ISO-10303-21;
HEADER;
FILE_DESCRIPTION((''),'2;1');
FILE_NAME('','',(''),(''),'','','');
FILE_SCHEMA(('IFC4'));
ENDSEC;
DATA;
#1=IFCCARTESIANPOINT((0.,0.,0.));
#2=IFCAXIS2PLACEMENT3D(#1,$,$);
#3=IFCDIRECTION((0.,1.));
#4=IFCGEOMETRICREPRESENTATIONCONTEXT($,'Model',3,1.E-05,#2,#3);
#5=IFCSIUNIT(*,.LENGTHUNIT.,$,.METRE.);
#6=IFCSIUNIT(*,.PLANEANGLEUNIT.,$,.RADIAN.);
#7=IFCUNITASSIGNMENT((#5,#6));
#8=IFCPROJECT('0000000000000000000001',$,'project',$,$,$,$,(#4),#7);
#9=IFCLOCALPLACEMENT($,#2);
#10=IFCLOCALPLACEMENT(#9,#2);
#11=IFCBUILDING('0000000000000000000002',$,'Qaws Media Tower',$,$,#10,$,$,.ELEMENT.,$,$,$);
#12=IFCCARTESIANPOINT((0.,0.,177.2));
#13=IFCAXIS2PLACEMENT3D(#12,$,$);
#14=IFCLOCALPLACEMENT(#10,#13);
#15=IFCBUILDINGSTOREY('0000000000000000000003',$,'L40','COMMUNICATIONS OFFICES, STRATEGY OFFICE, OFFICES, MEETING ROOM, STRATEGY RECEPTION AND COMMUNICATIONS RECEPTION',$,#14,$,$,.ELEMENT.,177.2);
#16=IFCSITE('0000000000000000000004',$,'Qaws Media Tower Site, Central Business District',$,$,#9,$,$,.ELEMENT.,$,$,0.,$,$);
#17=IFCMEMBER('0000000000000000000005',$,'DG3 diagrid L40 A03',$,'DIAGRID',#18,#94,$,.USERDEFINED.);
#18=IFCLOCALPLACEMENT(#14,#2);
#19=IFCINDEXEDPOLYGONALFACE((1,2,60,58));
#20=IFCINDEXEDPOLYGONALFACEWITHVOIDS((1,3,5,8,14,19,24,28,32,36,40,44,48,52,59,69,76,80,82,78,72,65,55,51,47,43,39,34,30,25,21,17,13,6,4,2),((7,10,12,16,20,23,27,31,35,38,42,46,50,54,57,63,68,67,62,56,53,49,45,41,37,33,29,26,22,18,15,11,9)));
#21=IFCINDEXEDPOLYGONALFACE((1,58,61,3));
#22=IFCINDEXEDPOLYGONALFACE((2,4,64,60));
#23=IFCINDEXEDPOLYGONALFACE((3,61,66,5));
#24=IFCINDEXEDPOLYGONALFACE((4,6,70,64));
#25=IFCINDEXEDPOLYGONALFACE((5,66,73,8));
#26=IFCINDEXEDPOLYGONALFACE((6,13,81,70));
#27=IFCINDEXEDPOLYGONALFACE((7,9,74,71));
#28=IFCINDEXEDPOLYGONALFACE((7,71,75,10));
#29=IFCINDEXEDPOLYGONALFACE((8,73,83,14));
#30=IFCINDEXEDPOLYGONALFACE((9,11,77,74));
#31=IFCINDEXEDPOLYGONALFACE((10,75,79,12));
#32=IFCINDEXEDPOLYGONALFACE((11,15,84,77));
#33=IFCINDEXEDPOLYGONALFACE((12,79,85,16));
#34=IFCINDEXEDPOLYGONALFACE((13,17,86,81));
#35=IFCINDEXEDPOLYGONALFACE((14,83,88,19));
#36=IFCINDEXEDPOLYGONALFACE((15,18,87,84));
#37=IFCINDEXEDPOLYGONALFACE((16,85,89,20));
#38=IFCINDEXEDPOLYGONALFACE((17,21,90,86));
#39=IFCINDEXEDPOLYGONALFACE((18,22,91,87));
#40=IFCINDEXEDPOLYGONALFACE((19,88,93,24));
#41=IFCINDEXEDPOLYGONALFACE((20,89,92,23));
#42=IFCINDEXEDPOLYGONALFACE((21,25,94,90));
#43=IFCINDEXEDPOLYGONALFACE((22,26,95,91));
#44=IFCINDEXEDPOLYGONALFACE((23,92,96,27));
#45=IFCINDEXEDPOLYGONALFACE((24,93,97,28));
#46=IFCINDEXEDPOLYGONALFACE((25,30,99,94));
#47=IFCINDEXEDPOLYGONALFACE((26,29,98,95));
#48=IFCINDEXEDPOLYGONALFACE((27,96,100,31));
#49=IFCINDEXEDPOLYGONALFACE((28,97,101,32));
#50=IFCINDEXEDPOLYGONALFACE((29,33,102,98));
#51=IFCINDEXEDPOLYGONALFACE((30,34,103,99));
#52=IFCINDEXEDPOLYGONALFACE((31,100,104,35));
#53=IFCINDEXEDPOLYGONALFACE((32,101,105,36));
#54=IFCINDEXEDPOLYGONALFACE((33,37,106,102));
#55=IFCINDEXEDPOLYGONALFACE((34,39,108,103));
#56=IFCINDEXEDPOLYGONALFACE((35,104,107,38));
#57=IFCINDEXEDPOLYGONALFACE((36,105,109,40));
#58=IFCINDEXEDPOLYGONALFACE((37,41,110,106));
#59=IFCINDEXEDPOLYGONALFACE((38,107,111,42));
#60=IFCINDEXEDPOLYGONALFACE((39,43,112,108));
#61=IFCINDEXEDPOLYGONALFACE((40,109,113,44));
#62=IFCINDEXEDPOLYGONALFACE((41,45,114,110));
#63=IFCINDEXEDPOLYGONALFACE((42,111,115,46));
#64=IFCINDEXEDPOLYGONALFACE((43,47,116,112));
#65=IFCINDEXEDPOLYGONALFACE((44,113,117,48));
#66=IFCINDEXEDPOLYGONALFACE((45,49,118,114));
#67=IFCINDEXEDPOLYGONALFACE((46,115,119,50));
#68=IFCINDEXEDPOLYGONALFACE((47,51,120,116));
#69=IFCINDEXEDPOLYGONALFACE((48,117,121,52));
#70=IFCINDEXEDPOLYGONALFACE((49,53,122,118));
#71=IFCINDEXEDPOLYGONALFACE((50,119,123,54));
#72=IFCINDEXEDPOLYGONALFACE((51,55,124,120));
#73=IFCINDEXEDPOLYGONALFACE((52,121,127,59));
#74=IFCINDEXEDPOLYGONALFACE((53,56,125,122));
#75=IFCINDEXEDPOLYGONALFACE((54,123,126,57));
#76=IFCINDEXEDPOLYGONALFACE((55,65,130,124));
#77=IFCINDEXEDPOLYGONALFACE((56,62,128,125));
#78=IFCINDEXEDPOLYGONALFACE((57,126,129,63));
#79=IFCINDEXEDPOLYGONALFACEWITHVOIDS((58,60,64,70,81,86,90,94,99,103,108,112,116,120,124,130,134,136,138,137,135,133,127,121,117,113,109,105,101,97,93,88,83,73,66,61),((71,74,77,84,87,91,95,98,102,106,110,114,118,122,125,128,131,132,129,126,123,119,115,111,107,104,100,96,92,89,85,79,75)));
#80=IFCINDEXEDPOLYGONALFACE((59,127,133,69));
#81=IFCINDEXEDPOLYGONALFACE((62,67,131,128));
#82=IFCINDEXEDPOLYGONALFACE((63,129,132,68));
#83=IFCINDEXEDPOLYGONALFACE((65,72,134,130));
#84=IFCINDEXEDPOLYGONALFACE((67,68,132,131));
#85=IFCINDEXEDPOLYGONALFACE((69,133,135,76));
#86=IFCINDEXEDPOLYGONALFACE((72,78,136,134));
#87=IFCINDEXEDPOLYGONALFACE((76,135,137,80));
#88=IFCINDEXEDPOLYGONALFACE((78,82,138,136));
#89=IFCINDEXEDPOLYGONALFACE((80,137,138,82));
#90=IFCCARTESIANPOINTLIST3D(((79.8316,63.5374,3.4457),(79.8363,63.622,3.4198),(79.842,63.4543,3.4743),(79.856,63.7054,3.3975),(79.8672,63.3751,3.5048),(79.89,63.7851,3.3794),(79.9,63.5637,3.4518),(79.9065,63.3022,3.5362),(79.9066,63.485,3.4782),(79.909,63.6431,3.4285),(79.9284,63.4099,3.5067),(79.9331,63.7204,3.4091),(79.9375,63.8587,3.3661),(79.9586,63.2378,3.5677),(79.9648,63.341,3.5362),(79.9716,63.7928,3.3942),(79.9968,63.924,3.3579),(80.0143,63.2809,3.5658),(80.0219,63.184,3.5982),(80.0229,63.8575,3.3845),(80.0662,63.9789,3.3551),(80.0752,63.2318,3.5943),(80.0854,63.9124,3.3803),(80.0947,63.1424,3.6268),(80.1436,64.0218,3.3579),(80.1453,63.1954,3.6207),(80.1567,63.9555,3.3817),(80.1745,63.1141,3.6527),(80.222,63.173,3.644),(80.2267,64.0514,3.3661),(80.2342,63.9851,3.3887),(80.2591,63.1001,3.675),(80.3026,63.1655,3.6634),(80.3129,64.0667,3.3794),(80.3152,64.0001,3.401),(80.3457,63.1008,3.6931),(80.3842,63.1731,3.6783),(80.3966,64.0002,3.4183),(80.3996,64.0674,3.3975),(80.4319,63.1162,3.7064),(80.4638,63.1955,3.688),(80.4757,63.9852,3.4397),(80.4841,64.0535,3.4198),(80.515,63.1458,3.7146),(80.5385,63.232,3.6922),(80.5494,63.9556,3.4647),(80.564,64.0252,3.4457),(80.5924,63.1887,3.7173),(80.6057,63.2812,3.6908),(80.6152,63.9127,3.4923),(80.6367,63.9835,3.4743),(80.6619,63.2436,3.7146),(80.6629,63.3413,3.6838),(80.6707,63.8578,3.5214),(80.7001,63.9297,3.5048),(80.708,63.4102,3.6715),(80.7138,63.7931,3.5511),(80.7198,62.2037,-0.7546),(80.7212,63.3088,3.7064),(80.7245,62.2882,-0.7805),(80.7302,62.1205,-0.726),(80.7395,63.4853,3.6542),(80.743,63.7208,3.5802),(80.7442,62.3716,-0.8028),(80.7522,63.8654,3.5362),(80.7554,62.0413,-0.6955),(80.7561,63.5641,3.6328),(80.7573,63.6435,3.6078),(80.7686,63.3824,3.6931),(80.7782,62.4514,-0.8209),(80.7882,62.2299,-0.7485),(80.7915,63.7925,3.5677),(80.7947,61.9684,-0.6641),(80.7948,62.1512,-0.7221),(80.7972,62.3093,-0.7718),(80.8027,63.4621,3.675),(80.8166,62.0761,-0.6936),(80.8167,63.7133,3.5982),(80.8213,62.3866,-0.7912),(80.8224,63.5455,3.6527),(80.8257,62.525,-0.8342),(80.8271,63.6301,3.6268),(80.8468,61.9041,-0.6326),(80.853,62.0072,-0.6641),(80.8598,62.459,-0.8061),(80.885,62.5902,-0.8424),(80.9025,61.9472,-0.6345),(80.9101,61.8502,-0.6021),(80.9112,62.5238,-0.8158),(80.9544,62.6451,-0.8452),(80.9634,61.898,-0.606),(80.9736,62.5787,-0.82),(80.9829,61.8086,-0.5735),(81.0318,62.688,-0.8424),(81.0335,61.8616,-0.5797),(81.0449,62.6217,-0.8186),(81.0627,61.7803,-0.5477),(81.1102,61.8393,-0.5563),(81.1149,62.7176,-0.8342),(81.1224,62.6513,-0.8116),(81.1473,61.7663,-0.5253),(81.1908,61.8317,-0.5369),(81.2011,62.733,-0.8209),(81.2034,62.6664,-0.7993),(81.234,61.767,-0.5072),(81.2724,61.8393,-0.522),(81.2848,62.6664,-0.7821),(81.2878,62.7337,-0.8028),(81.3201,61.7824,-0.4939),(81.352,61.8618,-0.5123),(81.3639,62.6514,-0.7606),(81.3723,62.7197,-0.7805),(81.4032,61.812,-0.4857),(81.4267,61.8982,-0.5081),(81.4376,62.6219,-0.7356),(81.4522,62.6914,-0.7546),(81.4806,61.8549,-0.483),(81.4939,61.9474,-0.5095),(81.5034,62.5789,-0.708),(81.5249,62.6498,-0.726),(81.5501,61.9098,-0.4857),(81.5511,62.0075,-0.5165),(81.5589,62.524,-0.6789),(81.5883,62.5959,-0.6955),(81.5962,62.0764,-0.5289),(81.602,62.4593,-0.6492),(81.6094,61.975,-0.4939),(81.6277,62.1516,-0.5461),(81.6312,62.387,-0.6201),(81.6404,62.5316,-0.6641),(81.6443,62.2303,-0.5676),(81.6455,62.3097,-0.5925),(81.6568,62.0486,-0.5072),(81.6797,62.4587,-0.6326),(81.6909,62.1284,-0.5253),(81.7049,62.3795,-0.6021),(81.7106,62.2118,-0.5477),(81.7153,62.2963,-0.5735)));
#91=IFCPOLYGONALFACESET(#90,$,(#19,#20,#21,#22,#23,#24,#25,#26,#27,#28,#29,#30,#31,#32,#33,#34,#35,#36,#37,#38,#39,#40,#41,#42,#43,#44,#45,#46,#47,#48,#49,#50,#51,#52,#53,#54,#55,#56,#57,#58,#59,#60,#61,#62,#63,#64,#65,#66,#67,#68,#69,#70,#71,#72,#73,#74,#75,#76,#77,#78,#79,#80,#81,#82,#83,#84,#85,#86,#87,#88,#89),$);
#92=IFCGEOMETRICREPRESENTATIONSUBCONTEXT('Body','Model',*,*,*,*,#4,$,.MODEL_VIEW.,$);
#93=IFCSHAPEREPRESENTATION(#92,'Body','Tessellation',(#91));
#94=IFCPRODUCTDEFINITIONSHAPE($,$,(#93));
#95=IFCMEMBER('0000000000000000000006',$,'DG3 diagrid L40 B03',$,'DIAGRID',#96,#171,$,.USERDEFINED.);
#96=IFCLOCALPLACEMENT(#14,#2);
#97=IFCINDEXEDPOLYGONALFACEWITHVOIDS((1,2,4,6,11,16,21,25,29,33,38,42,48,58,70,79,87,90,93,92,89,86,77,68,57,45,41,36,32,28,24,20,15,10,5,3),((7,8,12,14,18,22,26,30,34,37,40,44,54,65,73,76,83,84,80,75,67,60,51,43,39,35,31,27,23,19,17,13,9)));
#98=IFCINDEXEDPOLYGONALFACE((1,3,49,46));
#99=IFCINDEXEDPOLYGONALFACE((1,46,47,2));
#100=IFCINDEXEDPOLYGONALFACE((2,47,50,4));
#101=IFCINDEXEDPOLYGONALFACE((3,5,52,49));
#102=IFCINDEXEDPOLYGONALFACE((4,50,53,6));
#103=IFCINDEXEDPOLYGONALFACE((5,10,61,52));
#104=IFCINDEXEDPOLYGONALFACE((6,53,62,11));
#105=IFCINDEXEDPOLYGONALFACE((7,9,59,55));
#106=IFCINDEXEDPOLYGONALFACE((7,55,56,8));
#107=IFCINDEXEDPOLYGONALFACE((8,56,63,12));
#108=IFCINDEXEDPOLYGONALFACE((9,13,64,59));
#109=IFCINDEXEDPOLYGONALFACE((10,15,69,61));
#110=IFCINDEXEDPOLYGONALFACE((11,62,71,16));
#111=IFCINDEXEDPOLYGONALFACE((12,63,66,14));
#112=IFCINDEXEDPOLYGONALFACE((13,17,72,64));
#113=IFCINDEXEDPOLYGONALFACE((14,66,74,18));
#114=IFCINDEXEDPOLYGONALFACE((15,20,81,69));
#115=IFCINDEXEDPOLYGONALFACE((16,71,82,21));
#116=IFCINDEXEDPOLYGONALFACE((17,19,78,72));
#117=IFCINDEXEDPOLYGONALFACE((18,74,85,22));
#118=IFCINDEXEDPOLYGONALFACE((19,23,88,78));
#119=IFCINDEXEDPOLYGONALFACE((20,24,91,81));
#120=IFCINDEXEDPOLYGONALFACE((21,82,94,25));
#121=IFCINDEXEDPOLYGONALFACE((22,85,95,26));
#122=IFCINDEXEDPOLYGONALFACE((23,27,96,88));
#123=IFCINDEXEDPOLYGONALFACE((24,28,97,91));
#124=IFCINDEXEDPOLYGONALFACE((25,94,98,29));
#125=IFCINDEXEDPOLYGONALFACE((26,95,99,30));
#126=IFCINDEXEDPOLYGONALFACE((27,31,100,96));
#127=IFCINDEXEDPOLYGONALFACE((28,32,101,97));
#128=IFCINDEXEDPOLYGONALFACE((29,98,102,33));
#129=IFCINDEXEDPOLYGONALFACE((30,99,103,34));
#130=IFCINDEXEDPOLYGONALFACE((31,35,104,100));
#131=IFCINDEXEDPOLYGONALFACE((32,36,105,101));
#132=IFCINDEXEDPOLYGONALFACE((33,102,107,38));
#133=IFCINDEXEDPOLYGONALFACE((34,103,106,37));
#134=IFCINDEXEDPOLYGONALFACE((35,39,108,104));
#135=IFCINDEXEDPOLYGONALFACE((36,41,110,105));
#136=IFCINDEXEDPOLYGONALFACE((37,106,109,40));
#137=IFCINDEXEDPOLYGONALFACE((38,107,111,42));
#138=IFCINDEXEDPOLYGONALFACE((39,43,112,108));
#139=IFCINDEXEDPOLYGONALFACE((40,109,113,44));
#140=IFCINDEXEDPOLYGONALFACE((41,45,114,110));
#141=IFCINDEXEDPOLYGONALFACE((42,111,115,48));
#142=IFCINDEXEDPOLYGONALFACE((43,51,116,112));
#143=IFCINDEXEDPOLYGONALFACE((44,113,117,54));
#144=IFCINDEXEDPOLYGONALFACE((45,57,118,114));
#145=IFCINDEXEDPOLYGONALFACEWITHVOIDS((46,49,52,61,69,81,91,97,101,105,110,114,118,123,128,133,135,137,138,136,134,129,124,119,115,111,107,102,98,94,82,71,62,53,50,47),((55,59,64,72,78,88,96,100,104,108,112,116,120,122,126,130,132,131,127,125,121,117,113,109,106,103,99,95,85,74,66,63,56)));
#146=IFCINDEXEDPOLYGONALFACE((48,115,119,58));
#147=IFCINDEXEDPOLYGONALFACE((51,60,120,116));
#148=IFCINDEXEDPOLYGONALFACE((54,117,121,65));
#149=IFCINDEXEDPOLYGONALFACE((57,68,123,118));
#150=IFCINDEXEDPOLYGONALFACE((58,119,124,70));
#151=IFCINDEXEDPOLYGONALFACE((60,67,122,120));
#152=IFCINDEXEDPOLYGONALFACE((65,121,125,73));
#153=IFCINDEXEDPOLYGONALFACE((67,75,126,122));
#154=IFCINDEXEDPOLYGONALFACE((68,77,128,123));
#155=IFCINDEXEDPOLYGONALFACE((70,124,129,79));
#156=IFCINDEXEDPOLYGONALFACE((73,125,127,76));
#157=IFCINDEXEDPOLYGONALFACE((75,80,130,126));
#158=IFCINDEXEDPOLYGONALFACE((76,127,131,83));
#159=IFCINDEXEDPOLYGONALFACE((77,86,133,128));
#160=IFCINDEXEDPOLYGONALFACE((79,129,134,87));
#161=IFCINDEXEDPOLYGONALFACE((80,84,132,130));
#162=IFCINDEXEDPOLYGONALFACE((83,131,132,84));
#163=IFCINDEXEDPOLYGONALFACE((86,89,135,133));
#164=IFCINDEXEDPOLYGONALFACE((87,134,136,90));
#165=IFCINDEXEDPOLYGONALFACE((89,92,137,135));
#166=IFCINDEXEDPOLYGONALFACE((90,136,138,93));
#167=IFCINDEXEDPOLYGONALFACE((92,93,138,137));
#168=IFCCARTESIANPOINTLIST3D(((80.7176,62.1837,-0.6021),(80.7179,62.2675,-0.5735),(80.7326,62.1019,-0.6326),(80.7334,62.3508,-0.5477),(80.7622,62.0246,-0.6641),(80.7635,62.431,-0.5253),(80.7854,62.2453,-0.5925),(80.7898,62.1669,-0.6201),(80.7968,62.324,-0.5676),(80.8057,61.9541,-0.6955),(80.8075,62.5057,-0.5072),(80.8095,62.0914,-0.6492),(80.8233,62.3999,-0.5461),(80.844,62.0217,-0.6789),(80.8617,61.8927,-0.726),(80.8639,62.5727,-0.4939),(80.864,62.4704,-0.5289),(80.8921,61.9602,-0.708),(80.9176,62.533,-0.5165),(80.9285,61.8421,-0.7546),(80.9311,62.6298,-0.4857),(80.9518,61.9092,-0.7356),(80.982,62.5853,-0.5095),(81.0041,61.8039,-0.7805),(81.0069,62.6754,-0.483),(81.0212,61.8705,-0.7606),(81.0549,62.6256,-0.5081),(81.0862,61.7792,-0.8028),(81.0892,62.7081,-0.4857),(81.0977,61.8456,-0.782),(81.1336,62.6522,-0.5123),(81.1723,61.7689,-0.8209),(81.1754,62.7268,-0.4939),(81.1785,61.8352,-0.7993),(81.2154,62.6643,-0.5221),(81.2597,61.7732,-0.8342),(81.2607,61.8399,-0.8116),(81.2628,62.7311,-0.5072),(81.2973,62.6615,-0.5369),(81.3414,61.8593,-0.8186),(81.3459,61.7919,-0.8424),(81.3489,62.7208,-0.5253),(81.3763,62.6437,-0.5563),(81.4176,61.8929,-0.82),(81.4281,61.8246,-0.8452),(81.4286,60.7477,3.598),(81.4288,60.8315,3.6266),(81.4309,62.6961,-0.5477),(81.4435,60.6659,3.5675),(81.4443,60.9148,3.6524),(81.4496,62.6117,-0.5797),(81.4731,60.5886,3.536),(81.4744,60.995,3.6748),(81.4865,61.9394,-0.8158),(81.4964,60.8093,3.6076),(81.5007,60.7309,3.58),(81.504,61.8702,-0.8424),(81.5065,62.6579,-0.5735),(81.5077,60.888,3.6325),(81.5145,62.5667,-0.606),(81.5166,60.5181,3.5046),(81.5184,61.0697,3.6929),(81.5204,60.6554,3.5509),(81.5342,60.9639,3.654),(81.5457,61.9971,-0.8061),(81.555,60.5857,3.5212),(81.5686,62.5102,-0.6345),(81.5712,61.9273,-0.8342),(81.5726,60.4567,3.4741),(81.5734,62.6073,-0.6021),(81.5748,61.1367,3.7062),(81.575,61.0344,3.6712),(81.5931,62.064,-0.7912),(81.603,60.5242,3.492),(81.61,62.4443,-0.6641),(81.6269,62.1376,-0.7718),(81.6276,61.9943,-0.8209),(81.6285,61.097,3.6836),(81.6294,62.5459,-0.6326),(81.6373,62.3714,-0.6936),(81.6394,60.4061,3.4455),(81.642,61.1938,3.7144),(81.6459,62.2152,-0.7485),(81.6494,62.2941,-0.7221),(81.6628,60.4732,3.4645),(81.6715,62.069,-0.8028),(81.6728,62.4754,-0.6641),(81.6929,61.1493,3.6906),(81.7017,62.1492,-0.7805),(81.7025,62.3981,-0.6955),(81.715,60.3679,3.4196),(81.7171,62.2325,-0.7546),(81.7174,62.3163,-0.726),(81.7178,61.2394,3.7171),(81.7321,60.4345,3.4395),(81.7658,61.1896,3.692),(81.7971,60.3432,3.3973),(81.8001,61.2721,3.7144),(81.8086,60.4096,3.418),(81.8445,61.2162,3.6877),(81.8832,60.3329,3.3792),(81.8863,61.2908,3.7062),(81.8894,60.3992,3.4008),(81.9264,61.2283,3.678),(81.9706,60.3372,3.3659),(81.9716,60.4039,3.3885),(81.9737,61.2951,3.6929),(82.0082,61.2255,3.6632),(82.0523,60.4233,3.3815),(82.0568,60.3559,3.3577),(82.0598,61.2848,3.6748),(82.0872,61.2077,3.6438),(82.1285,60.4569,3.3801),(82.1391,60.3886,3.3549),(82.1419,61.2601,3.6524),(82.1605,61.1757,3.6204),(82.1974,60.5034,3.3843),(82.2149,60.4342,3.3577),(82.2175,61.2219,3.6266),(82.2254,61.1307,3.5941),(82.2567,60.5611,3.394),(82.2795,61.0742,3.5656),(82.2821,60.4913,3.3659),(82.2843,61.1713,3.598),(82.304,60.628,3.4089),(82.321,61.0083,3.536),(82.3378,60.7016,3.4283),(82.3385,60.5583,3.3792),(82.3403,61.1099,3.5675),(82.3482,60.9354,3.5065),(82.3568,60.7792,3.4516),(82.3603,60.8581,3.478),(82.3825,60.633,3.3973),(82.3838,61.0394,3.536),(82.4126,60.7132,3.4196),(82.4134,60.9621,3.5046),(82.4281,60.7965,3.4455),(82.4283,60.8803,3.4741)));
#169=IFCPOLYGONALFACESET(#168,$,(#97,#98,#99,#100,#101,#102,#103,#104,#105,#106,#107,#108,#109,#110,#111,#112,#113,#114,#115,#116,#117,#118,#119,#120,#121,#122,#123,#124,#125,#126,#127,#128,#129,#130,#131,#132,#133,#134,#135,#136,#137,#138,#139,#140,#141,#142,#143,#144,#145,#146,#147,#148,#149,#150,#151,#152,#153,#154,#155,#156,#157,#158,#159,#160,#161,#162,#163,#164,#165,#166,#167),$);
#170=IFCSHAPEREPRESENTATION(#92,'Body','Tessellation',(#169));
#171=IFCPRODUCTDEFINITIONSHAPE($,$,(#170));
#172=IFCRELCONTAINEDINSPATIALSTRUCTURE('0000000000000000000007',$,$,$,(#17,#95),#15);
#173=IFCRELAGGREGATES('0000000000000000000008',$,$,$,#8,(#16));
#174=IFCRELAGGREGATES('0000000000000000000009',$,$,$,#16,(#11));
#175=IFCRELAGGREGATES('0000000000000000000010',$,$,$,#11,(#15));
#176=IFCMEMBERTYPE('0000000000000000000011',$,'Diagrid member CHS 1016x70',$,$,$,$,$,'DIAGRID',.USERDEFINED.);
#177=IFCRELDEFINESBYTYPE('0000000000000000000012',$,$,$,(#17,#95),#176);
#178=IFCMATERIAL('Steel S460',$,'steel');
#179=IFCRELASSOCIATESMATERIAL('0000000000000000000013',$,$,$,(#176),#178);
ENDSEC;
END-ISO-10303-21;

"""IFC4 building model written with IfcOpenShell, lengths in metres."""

from ifc_helpers import new_model, si_unit, direction, frame, origin, origin_2d, place, context, subcontext, project, spatial, hollow_circle, extrude, material, material_profile, profile_set, type_object, element, save


model = new_model("IFC4")

# Units and contexts
model_context = context("Model", 3, precision=1e-05, world=origin(), true_north=direction((0.0, 1.0)))
body_context = subcontext(model_context, "Body", "Model", "MODEL_VIEW")
ifc_project = project(units=[si_unit("LENGTHUNIT", "METRE"), si_unit("PLANEANGLEUNIT", "RADIAN")], contexts=[model_context])

# Site, building, storey
site_placement = place(None, origin())
site = spatial("IfcSite", under=ifc_project, at=site_placement, Name="Qaws Media Tower Site, Central Business District", CompositionType="ELEMENT", RefElevation=0.0)
building_placement = place(site_placement, origin())
building = spatial("IfcBuilding", under=site, at=building_placement, Name="Qaws Media Tower", CompositionType="ELEMENT")
storey_placement = place(building_placement, frame((0.0, 0.0, 177.2)))
storey = spatial("IfcBuildingStorey", under=building, at=storey_placement, Name="L40", Description="COMMUNICATIONS OFFICES, STRATEGY OFFICE, OFFICES, MEETING ROOM, STRATEGY RECEPTION AND COMMUNICATIONS RECEPTION", CompositionType="ELEMENT", Elevation=177.2)

# Members
ifc_material_1 = material(Name="Steel S460", Category="steel")
ifc_material_profile_1 = material_profile(ifc_material_1, hollow_circle(Radius=0.5081, WallThickness=0.0701, at=origin_2d()), Name="CHS 1016x70")
ifc_profile_set_1 = profile_set([ifc_material_profile_1], Name="Steel S460")
member_type_1 = type_object("IfcMemberType", Name="Diagrid member CHS 1016x70", ElementType="DIAGRID", PredefinedType="USERDEFINED", material=ifc_profile_set_1)
member_1_placement = place(storey_placement, frame((81.2175, 62.25, -0.6641), z_axis=(-0.197572, 0.296684, 0.934314), x_axis=(-0.832331, -0.554278, 0.0)))
element("IfcMember", 1, at=member_1_placement, inside=storey, type_object=member_type_1, Name="DG3 diagrid L40 A03", ObjectType="DIAGRID", PredefinedType="USERDEFINED", context=body_context, shape_type="SweptSolid", body=[
    extrude(hollow_circle(Radius=0.5081, WallThickness=0.0701, at=origin_2d()), origin(), (0.0, 0.0, 1.0), 4.4956),
])
for number, where, z_axis, x_axis, name in (
    (2, (81.2175, 62.25, -0.6641), (0.158145, -0.31944, 0.934317), (0.896188, 0.443675, 0.0), "DG3 diagrid L40 B03"),
):
    element("IfcMember", number, at=place(storey_placement, frame(where, z_axis=z_axis, x_axis=x_axis)), inside=storey, type_object=member_type_1, Name=name, ObjectType="DIAGRID", PredefinedType="USERDEFINED", context=body_context, shape_type="SweptSolid", body=[
        extrude(hollow_circle(Radius=0.5081, WallThickness=0.0701, at=origin_2d()), origin(), (0.0, 0.0, 1.0), 4.4954),
    ])

save(model, "model.ifc")
